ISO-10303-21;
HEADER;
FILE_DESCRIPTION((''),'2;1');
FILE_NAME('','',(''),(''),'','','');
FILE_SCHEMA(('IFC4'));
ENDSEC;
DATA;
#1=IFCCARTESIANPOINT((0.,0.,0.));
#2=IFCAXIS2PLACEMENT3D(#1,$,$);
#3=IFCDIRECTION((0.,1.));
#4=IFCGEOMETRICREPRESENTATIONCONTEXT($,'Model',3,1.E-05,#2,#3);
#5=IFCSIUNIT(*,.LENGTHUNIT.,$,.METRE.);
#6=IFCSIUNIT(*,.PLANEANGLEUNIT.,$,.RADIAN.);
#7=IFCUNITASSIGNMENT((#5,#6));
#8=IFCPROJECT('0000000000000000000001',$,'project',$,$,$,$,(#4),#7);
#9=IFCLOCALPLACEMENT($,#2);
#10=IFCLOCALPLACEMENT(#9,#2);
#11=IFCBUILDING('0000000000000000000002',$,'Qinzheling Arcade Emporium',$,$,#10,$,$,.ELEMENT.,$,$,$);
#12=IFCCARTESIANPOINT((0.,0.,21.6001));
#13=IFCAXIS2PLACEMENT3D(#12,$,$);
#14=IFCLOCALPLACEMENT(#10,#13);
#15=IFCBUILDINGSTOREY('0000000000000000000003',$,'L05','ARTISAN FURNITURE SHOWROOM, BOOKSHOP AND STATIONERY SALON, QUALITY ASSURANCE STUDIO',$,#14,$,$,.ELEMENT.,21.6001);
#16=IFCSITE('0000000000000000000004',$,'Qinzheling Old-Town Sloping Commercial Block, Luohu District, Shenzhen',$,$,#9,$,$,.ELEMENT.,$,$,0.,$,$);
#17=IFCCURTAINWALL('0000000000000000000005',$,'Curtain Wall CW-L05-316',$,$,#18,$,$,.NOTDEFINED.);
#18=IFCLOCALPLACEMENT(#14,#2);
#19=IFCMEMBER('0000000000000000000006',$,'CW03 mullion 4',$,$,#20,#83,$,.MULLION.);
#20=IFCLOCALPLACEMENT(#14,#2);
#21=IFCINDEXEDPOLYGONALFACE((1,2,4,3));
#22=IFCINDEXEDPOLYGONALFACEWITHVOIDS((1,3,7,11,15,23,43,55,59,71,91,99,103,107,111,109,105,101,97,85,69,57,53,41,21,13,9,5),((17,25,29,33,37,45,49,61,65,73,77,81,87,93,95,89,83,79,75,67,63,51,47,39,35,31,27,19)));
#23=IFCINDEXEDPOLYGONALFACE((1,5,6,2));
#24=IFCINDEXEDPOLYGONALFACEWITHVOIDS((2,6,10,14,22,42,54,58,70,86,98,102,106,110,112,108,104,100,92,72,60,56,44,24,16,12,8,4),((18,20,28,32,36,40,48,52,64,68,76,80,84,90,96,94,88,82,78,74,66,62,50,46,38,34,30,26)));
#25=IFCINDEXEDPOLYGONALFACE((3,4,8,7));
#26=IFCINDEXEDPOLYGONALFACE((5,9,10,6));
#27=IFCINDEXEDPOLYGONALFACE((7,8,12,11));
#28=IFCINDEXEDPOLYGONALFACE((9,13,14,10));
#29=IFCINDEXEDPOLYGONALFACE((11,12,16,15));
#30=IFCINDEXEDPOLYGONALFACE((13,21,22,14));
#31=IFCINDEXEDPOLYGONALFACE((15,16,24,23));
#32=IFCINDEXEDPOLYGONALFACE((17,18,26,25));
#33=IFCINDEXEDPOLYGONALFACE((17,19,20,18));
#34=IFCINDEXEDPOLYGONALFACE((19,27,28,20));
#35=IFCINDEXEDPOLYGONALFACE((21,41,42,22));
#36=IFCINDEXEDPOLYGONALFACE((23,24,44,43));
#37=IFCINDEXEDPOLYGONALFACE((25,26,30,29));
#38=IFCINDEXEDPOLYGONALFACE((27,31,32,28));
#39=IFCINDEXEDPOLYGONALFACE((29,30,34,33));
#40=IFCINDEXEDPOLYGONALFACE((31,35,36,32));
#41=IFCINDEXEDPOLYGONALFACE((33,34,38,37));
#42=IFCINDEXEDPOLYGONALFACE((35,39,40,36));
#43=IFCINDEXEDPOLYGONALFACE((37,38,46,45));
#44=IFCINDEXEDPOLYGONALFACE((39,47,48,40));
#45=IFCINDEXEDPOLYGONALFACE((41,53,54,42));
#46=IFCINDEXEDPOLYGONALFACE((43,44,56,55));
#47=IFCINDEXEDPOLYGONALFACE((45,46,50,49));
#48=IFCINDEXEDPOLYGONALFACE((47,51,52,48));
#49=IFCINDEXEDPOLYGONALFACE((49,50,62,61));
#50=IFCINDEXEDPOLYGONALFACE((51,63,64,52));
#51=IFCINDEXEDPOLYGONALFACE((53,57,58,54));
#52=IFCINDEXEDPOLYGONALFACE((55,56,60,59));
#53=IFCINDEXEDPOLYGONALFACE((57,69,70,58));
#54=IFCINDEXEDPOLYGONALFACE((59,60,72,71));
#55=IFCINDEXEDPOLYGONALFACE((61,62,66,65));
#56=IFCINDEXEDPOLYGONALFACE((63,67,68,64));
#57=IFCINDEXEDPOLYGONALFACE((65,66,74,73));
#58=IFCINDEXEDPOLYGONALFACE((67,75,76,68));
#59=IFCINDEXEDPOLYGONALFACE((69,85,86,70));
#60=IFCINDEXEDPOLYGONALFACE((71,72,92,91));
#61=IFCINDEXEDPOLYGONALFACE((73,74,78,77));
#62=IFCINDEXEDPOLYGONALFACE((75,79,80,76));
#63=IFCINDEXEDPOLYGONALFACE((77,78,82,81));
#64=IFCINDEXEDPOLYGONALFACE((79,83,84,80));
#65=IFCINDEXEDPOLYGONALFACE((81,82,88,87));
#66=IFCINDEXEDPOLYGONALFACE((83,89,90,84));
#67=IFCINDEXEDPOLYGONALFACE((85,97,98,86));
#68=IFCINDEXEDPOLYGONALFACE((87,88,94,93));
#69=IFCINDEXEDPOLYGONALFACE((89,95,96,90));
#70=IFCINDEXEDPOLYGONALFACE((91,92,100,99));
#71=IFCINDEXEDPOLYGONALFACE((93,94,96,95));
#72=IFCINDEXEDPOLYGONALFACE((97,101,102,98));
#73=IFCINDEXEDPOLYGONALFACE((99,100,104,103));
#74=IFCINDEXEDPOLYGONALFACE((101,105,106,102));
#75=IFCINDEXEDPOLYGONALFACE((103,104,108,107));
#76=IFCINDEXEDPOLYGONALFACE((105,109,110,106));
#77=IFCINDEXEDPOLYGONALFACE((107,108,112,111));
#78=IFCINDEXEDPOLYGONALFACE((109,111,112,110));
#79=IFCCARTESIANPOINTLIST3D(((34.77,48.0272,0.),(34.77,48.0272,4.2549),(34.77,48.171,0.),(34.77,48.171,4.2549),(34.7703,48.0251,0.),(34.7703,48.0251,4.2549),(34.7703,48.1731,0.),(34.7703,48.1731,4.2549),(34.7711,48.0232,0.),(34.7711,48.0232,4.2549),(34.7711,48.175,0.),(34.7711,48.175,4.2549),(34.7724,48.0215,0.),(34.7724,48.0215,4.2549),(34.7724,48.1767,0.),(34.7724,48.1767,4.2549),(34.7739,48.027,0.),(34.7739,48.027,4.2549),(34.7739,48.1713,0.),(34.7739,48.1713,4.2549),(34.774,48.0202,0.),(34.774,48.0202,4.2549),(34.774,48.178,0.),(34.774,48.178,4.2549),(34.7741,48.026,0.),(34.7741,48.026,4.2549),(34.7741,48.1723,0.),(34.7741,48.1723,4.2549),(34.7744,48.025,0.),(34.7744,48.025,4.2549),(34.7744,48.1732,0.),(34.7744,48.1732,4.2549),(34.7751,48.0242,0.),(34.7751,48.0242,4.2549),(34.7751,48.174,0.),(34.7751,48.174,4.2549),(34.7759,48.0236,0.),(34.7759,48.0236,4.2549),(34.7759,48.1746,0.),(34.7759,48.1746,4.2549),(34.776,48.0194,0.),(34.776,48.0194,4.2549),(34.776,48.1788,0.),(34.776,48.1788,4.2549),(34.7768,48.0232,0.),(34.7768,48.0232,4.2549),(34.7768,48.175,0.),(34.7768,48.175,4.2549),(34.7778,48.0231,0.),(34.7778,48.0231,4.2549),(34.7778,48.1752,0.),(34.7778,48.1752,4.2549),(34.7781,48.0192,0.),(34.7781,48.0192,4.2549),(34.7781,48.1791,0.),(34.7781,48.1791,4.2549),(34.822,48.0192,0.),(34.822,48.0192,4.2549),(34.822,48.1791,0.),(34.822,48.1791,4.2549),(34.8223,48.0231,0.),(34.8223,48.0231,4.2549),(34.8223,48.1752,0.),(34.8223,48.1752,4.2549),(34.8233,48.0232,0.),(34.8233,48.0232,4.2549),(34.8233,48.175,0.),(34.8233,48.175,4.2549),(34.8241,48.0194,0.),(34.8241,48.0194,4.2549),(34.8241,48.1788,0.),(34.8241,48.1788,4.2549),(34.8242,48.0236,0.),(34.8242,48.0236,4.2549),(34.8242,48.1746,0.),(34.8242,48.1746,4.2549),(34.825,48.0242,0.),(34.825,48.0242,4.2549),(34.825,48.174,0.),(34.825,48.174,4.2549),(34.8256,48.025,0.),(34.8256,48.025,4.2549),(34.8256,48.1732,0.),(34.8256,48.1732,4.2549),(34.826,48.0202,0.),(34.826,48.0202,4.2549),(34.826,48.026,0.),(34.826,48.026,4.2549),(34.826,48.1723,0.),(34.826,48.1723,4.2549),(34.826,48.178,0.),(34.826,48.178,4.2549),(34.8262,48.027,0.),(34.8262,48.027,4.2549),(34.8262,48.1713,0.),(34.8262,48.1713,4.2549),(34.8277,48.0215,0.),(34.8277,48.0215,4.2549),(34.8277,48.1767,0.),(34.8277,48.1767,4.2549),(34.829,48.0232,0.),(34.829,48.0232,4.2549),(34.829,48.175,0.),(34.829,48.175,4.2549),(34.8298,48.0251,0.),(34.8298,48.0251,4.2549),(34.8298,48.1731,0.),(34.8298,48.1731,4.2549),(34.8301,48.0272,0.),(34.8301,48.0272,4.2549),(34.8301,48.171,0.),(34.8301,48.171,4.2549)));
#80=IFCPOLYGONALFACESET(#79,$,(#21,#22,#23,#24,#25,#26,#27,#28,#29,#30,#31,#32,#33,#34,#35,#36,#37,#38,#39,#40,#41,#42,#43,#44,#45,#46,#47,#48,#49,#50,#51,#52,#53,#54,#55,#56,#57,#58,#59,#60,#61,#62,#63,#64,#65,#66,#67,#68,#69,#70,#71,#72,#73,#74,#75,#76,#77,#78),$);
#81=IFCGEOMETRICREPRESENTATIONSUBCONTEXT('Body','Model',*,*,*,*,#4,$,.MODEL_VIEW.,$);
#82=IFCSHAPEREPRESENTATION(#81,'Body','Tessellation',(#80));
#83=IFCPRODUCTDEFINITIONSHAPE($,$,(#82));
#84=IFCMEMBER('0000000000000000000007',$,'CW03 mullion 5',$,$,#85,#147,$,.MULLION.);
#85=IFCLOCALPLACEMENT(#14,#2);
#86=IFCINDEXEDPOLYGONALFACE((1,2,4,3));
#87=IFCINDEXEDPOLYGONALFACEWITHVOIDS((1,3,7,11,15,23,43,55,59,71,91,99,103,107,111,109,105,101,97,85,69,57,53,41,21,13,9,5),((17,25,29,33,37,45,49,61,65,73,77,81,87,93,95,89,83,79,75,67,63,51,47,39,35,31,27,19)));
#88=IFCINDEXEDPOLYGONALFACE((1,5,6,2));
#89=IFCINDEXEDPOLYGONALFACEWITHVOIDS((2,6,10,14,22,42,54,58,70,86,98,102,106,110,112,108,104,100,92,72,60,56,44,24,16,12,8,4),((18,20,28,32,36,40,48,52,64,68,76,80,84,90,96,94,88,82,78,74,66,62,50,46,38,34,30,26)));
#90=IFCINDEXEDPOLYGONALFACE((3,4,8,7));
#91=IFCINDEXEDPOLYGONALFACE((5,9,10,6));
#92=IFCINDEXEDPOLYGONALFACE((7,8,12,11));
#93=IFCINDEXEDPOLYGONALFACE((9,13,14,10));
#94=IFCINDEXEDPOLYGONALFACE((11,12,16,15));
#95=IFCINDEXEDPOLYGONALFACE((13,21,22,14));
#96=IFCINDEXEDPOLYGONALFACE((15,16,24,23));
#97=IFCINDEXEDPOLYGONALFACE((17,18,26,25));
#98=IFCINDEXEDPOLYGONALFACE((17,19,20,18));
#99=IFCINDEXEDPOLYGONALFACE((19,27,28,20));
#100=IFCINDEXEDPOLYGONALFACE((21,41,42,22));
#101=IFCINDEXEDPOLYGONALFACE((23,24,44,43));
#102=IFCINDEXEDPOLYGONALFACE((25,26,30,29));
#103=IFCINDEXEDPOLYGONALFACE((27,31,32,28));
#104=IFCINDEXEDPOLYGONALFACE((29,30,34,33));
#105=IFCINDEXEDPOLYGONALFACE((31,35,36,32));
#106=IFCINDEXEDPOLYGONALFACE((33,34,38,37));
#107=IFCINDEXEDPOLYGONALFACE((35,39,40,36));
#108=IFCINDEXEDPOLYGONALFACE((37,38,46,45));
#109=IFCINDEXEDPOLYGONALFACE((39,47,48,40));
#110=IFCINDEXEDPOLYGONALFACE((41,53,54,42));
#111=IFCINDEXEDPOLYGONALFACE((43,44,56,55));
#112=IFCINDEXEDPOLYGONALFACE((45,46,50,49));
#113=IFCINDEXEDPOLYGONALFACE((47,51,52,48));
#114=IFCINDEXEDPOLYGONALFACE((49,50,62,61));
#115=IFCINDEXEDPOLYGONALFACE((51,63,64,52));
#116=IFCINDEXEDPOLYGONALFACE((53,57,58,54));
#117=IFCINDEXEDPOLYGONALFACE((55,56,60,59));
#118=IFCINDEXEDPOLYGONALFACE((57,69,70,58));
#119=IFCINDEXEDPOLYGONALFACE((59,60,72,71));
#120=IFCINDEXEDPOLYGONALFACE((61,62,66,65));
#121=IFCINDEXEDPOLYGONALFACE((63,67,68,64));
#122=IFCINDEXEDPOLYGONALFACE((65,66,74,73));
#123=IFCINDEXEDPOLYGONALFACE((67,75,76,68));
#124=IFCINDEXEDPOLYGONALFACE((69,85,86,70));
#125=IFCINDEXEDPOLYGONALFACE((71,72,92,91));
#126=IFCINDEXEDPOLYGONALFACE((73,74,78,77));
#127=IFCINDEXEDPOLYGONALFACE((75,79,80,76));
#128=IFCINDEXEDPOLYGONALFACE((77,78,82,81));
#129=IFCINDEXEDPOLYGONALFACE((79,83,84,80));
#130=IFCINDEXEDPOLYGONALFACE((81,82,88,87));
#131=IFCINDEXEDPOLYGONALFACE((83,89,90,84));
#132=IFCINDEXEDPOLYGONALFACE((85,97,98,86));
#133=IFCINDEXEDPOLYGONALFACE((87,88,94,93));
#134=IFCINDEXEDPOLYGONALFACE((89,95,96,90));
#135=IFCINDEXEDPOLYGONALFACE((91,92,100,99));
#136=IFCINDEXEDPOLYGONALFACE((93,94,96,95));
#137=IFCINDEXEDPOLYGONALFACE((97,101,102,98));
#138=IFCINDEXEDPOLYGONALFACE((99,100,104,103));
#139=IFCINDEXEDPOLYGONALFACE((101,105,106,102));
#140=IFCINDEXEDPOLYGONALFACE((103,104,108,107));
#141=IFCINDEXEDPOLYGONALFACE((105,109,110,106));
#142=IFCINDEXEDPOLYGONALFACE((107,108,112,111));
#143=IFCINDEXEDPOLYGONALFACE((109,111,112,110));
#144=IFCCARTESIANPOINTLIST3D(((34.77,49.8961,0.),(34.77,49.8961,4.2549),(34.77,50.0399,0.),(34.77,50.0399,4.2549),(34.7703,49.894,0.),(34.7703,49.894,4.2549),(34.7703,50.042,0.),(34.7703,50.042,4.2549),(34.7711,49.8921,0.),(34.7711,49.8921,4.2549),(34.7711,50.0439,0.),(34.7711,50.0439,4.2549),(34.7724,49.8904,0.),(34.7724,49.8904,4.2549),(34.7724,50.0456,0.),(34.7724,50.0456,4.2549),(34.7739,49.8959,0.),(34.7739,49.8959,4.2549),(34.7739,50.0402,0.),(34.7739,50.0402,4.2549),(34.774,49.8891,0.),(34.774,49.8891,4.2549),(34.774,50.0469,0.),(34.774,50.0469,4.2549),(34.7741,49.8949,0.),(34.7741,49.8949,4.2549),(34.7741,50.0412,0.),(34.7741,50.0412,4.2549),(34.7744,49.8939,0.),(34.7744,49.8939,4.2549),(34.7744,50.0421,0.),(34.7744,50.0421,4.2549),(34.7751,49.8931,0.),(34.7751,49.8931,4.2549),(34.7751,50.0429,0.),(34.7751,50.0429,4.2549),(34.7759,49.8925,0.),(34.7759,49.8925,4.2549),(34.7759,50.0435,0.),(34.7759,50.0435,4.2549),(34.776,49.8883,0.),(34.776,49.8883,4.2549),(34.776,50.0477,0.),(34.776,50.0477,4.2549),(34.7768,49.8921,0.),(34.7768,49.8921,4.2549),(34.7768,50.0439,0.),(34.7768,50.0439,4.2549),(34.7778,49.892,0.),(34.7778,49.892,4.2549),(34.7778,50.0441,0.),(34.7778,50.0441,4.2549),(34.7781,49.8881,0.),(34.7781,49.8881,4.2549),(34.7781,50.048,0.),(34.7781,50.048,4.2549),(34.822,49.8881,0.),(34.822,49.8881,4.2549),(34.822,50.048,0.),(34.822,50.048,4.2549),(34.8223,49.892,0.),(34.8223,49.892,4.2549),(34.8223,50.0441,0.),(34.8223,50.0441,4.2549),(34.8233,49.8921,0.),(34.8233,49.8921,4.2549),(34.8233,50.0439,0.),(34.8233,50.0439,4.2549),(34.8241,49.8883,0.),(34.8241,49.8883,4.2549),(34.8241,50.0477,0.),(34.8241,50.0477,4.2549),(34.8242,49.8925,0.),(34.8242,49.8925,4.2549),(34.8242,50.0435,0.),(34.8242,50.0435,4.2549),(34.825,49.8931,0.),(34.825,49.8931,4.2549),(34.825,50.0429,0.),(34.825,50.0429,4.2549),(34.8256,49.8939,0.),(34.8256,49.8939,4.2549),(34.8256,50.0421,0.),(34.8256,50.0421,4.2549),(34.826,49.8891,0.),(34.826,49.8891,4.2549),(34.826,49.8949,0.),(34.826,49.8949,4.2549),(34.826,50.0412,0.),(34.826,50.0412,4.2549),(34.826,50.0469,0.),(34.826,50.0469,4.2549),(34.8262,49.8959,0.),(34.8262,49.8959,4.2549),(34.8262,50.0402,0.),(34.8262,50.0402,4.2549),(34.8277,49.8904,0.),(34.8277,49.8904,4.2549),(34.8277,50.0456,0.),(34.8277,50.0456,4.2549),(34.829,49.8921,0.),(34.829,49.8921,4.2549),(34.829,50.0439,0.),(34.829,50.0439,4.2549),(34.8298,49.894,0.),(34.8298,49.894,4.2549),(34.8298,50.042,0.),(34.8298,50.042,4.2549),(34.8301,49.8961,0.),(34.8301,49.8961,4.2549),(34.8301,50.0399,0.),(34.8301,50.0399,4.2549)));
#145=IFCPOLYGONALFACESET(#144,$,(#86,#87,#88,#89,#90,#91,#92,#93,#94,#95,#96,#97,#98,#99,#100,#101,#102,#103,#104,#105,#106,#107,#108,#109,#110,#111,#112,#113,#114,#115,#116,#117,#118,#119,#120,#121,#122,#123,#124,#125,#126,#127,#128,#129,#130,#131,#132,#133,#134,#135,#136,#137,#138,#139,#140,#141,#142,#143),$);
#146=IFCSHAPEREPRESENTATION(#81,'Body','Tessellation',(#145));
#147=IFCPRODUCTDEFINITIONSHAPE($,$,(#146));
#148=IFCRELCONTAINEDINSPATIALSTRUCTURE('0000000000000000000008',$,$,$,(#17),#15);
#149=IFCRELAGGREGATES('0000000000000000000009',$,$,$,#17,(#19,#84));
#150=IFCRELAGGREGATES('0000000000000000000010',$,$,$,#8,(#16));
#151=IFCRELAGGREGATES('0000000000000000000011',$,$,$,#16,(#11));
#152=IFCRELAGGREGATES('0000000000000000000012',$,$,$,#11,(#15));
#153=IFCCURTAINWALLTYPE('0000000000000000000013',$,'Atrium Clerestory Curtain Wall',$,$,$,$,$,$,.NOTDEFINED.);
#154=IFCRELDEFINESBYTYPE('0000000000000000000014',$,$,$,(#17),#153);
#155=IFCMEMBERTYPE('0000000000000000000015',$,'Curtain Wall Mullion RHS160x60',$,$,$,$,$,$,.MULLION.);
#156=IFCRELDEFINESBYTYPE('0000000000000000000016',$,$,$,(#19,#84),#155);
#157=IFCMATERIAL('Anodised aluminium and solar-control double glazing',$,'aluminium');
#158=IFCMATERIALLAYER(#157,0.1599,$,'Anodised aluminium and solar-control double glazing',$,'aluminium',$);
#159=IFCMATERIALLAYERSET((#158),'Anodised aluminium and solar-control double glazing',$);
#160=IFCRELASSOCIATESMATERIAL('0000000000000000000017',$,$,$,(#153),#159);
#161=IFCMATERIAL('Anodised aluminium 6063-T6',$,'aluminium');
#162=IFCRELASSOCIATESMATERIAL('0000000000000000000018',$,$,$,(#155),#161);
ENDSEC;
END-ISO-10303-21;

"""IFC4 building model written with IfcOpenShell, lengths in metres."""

from ifc_helpers import new_model, si_unit, direction, frame, origin, origin_2d, place, context, subcontext, project, spatial, hollow_rectangle, extrude, material, layer, layer_set, material_profile, profile_set, type_object, element, aggregate, save


model = new_model("IFC4")

# Units and contexts
model_context = context("Model", 3, precision=1e-05, world=origin(), true_north=direction((0.0, 1.0)))
body_context = subcontext(model_context, "Body", "Model", "MODEL_VIEW")
ifc_project = project(units=[si_unit("LENGTHUNIT", "METRE"), si_unit("PLANEANGLEUNIT", "RADIAN")], contexts=[model_context])

# Site, building, storey
site_placement = place(None, origin())
site = spatial("IfcSite", under=ifc_project, at=site_placement, Name="Qinzheling Old-Town Sloping Commercial Block, Luohu District, Shenzhen", CompositionType="ELEMENT", RefElevation=0.0)
building_placement = place(site_placement, origin())
building = spatial("IfcBuilding", under=site, at=building_placement, Name="Qinzheling Arcade Emporium", CompositionType="ELEMENT")
storey_placement = place(building_placement, frame((0.0, 0.0, 21.6001)))
storey = spatial("IfcBuildingStorey", under=building, at=storey_placement, Name="L05", Description="ARTISAN FURNITURE SHOWROOM, BOOKSHOP AND STATIONERY SALON, QUALITY ASSURANCE STUDIO", CompositionType="ELEMENT", Elevation=21.6001)

# Curtain wall, members
ifc_material_1 = material(Name="Anodised aluminium and solar-control double glazing", Category="aluminium")
ifc_layer_1 = layer(ifc_material_1, 0.1599, Name="Anodised aluminium and solar-control double glazing", Category="aluminium")
ifc_layer_set_1 = layer_set([ifc_layer_1], Name="Anodised aluminium and solar-control double glazing")
curtain_wall_type = type_object("IfcCurtainWallType", Name="Atrium Clerestory Curtain Wall", PredefinedType="NOTDEFINED", material=ifc_layer_set_1)
curtain_wall_1_placement = place(storey_placement, origin())
curtain_wall_1 = element("IfcCurtainWall", 1, at=curtain_wall_1_placement, inside=storey, type_object=curtain_wall_type, Name="Curtain Wall CW-L05-316", PredefinedType="NOTDEFINED")
ifc_material_2 = material(Name="Anodised aluminium 6063-T6", Category="aluminium")
ifc_material_profile_1 = material_profile(ifc_material_2, hollow_rectangle(XDim=0.0601, YDim=0.1599, WallThickness=0.0039, InnerFilletRadius=0.0039, OuterFilletRadius=0.0081, at=origin_2d()), Name="RHS 160x60x4", Category="aluminium")
ifc_profile_set_1 = profile_set([ifc_material_profile_1], Name="Anodised aluminium 6063-T6")
member_type_1 = type_object("IfcMemberType", Name="Curtain Wall Mullion RHS160x60", PredefinedType="MULLION", material=ifc_profile_set_1)
member_1_placement = place(storey_placement, frame((34.8, 48.0991, 0.0), z_axis=(0.0, 0.0, 1.0), x_axis=(-1.0, 0.0, 0.0)))
member_1 = element("IfcMember", 2, at=member_1_placement, type_object=member_type_1, Name="CW03 mullion 4", PredefinedType="MULLION", context=body_context, shape_type="SweptSolid", body=[
    extrude(hollow_rectangle(XDim=0.0601, YDim=0.1599, WallThickness=0.0039, InnerFilletRadius=0.0039, OuterFilletRadius=0.0081, at=origin_2d()), origin(), (0.0, 0.0, 1.0), 4.2549),
])
member_2_placement = place(storey_placement, frame((34.8, 49.968, 0.0), z_axis=(0.0, 0.0, 1.0), x_axis=(-1.0, 0.0, 0.0)))
member_2 = element("IfcMember", 3, at=member_2_placement, type_object=member_type_1, Name="CW03 mullion 5", PredefinedType="MULLION", context=body_context, shape_type="SweptSolid", body=[
    extrude(hollow_rectangle(XDim=0.0601, YDim=0.1599, WallThickness=0.0039, InnerFilletRadius=0.0039, OuterFilletRadius=0.0081, at=origin_2d()), origin(), (0.0, 0.0, 1.0), 4.2549),
])

aggregate(curtain_wall_1, [member_1, member_2])

save(model, "model.ifc")
